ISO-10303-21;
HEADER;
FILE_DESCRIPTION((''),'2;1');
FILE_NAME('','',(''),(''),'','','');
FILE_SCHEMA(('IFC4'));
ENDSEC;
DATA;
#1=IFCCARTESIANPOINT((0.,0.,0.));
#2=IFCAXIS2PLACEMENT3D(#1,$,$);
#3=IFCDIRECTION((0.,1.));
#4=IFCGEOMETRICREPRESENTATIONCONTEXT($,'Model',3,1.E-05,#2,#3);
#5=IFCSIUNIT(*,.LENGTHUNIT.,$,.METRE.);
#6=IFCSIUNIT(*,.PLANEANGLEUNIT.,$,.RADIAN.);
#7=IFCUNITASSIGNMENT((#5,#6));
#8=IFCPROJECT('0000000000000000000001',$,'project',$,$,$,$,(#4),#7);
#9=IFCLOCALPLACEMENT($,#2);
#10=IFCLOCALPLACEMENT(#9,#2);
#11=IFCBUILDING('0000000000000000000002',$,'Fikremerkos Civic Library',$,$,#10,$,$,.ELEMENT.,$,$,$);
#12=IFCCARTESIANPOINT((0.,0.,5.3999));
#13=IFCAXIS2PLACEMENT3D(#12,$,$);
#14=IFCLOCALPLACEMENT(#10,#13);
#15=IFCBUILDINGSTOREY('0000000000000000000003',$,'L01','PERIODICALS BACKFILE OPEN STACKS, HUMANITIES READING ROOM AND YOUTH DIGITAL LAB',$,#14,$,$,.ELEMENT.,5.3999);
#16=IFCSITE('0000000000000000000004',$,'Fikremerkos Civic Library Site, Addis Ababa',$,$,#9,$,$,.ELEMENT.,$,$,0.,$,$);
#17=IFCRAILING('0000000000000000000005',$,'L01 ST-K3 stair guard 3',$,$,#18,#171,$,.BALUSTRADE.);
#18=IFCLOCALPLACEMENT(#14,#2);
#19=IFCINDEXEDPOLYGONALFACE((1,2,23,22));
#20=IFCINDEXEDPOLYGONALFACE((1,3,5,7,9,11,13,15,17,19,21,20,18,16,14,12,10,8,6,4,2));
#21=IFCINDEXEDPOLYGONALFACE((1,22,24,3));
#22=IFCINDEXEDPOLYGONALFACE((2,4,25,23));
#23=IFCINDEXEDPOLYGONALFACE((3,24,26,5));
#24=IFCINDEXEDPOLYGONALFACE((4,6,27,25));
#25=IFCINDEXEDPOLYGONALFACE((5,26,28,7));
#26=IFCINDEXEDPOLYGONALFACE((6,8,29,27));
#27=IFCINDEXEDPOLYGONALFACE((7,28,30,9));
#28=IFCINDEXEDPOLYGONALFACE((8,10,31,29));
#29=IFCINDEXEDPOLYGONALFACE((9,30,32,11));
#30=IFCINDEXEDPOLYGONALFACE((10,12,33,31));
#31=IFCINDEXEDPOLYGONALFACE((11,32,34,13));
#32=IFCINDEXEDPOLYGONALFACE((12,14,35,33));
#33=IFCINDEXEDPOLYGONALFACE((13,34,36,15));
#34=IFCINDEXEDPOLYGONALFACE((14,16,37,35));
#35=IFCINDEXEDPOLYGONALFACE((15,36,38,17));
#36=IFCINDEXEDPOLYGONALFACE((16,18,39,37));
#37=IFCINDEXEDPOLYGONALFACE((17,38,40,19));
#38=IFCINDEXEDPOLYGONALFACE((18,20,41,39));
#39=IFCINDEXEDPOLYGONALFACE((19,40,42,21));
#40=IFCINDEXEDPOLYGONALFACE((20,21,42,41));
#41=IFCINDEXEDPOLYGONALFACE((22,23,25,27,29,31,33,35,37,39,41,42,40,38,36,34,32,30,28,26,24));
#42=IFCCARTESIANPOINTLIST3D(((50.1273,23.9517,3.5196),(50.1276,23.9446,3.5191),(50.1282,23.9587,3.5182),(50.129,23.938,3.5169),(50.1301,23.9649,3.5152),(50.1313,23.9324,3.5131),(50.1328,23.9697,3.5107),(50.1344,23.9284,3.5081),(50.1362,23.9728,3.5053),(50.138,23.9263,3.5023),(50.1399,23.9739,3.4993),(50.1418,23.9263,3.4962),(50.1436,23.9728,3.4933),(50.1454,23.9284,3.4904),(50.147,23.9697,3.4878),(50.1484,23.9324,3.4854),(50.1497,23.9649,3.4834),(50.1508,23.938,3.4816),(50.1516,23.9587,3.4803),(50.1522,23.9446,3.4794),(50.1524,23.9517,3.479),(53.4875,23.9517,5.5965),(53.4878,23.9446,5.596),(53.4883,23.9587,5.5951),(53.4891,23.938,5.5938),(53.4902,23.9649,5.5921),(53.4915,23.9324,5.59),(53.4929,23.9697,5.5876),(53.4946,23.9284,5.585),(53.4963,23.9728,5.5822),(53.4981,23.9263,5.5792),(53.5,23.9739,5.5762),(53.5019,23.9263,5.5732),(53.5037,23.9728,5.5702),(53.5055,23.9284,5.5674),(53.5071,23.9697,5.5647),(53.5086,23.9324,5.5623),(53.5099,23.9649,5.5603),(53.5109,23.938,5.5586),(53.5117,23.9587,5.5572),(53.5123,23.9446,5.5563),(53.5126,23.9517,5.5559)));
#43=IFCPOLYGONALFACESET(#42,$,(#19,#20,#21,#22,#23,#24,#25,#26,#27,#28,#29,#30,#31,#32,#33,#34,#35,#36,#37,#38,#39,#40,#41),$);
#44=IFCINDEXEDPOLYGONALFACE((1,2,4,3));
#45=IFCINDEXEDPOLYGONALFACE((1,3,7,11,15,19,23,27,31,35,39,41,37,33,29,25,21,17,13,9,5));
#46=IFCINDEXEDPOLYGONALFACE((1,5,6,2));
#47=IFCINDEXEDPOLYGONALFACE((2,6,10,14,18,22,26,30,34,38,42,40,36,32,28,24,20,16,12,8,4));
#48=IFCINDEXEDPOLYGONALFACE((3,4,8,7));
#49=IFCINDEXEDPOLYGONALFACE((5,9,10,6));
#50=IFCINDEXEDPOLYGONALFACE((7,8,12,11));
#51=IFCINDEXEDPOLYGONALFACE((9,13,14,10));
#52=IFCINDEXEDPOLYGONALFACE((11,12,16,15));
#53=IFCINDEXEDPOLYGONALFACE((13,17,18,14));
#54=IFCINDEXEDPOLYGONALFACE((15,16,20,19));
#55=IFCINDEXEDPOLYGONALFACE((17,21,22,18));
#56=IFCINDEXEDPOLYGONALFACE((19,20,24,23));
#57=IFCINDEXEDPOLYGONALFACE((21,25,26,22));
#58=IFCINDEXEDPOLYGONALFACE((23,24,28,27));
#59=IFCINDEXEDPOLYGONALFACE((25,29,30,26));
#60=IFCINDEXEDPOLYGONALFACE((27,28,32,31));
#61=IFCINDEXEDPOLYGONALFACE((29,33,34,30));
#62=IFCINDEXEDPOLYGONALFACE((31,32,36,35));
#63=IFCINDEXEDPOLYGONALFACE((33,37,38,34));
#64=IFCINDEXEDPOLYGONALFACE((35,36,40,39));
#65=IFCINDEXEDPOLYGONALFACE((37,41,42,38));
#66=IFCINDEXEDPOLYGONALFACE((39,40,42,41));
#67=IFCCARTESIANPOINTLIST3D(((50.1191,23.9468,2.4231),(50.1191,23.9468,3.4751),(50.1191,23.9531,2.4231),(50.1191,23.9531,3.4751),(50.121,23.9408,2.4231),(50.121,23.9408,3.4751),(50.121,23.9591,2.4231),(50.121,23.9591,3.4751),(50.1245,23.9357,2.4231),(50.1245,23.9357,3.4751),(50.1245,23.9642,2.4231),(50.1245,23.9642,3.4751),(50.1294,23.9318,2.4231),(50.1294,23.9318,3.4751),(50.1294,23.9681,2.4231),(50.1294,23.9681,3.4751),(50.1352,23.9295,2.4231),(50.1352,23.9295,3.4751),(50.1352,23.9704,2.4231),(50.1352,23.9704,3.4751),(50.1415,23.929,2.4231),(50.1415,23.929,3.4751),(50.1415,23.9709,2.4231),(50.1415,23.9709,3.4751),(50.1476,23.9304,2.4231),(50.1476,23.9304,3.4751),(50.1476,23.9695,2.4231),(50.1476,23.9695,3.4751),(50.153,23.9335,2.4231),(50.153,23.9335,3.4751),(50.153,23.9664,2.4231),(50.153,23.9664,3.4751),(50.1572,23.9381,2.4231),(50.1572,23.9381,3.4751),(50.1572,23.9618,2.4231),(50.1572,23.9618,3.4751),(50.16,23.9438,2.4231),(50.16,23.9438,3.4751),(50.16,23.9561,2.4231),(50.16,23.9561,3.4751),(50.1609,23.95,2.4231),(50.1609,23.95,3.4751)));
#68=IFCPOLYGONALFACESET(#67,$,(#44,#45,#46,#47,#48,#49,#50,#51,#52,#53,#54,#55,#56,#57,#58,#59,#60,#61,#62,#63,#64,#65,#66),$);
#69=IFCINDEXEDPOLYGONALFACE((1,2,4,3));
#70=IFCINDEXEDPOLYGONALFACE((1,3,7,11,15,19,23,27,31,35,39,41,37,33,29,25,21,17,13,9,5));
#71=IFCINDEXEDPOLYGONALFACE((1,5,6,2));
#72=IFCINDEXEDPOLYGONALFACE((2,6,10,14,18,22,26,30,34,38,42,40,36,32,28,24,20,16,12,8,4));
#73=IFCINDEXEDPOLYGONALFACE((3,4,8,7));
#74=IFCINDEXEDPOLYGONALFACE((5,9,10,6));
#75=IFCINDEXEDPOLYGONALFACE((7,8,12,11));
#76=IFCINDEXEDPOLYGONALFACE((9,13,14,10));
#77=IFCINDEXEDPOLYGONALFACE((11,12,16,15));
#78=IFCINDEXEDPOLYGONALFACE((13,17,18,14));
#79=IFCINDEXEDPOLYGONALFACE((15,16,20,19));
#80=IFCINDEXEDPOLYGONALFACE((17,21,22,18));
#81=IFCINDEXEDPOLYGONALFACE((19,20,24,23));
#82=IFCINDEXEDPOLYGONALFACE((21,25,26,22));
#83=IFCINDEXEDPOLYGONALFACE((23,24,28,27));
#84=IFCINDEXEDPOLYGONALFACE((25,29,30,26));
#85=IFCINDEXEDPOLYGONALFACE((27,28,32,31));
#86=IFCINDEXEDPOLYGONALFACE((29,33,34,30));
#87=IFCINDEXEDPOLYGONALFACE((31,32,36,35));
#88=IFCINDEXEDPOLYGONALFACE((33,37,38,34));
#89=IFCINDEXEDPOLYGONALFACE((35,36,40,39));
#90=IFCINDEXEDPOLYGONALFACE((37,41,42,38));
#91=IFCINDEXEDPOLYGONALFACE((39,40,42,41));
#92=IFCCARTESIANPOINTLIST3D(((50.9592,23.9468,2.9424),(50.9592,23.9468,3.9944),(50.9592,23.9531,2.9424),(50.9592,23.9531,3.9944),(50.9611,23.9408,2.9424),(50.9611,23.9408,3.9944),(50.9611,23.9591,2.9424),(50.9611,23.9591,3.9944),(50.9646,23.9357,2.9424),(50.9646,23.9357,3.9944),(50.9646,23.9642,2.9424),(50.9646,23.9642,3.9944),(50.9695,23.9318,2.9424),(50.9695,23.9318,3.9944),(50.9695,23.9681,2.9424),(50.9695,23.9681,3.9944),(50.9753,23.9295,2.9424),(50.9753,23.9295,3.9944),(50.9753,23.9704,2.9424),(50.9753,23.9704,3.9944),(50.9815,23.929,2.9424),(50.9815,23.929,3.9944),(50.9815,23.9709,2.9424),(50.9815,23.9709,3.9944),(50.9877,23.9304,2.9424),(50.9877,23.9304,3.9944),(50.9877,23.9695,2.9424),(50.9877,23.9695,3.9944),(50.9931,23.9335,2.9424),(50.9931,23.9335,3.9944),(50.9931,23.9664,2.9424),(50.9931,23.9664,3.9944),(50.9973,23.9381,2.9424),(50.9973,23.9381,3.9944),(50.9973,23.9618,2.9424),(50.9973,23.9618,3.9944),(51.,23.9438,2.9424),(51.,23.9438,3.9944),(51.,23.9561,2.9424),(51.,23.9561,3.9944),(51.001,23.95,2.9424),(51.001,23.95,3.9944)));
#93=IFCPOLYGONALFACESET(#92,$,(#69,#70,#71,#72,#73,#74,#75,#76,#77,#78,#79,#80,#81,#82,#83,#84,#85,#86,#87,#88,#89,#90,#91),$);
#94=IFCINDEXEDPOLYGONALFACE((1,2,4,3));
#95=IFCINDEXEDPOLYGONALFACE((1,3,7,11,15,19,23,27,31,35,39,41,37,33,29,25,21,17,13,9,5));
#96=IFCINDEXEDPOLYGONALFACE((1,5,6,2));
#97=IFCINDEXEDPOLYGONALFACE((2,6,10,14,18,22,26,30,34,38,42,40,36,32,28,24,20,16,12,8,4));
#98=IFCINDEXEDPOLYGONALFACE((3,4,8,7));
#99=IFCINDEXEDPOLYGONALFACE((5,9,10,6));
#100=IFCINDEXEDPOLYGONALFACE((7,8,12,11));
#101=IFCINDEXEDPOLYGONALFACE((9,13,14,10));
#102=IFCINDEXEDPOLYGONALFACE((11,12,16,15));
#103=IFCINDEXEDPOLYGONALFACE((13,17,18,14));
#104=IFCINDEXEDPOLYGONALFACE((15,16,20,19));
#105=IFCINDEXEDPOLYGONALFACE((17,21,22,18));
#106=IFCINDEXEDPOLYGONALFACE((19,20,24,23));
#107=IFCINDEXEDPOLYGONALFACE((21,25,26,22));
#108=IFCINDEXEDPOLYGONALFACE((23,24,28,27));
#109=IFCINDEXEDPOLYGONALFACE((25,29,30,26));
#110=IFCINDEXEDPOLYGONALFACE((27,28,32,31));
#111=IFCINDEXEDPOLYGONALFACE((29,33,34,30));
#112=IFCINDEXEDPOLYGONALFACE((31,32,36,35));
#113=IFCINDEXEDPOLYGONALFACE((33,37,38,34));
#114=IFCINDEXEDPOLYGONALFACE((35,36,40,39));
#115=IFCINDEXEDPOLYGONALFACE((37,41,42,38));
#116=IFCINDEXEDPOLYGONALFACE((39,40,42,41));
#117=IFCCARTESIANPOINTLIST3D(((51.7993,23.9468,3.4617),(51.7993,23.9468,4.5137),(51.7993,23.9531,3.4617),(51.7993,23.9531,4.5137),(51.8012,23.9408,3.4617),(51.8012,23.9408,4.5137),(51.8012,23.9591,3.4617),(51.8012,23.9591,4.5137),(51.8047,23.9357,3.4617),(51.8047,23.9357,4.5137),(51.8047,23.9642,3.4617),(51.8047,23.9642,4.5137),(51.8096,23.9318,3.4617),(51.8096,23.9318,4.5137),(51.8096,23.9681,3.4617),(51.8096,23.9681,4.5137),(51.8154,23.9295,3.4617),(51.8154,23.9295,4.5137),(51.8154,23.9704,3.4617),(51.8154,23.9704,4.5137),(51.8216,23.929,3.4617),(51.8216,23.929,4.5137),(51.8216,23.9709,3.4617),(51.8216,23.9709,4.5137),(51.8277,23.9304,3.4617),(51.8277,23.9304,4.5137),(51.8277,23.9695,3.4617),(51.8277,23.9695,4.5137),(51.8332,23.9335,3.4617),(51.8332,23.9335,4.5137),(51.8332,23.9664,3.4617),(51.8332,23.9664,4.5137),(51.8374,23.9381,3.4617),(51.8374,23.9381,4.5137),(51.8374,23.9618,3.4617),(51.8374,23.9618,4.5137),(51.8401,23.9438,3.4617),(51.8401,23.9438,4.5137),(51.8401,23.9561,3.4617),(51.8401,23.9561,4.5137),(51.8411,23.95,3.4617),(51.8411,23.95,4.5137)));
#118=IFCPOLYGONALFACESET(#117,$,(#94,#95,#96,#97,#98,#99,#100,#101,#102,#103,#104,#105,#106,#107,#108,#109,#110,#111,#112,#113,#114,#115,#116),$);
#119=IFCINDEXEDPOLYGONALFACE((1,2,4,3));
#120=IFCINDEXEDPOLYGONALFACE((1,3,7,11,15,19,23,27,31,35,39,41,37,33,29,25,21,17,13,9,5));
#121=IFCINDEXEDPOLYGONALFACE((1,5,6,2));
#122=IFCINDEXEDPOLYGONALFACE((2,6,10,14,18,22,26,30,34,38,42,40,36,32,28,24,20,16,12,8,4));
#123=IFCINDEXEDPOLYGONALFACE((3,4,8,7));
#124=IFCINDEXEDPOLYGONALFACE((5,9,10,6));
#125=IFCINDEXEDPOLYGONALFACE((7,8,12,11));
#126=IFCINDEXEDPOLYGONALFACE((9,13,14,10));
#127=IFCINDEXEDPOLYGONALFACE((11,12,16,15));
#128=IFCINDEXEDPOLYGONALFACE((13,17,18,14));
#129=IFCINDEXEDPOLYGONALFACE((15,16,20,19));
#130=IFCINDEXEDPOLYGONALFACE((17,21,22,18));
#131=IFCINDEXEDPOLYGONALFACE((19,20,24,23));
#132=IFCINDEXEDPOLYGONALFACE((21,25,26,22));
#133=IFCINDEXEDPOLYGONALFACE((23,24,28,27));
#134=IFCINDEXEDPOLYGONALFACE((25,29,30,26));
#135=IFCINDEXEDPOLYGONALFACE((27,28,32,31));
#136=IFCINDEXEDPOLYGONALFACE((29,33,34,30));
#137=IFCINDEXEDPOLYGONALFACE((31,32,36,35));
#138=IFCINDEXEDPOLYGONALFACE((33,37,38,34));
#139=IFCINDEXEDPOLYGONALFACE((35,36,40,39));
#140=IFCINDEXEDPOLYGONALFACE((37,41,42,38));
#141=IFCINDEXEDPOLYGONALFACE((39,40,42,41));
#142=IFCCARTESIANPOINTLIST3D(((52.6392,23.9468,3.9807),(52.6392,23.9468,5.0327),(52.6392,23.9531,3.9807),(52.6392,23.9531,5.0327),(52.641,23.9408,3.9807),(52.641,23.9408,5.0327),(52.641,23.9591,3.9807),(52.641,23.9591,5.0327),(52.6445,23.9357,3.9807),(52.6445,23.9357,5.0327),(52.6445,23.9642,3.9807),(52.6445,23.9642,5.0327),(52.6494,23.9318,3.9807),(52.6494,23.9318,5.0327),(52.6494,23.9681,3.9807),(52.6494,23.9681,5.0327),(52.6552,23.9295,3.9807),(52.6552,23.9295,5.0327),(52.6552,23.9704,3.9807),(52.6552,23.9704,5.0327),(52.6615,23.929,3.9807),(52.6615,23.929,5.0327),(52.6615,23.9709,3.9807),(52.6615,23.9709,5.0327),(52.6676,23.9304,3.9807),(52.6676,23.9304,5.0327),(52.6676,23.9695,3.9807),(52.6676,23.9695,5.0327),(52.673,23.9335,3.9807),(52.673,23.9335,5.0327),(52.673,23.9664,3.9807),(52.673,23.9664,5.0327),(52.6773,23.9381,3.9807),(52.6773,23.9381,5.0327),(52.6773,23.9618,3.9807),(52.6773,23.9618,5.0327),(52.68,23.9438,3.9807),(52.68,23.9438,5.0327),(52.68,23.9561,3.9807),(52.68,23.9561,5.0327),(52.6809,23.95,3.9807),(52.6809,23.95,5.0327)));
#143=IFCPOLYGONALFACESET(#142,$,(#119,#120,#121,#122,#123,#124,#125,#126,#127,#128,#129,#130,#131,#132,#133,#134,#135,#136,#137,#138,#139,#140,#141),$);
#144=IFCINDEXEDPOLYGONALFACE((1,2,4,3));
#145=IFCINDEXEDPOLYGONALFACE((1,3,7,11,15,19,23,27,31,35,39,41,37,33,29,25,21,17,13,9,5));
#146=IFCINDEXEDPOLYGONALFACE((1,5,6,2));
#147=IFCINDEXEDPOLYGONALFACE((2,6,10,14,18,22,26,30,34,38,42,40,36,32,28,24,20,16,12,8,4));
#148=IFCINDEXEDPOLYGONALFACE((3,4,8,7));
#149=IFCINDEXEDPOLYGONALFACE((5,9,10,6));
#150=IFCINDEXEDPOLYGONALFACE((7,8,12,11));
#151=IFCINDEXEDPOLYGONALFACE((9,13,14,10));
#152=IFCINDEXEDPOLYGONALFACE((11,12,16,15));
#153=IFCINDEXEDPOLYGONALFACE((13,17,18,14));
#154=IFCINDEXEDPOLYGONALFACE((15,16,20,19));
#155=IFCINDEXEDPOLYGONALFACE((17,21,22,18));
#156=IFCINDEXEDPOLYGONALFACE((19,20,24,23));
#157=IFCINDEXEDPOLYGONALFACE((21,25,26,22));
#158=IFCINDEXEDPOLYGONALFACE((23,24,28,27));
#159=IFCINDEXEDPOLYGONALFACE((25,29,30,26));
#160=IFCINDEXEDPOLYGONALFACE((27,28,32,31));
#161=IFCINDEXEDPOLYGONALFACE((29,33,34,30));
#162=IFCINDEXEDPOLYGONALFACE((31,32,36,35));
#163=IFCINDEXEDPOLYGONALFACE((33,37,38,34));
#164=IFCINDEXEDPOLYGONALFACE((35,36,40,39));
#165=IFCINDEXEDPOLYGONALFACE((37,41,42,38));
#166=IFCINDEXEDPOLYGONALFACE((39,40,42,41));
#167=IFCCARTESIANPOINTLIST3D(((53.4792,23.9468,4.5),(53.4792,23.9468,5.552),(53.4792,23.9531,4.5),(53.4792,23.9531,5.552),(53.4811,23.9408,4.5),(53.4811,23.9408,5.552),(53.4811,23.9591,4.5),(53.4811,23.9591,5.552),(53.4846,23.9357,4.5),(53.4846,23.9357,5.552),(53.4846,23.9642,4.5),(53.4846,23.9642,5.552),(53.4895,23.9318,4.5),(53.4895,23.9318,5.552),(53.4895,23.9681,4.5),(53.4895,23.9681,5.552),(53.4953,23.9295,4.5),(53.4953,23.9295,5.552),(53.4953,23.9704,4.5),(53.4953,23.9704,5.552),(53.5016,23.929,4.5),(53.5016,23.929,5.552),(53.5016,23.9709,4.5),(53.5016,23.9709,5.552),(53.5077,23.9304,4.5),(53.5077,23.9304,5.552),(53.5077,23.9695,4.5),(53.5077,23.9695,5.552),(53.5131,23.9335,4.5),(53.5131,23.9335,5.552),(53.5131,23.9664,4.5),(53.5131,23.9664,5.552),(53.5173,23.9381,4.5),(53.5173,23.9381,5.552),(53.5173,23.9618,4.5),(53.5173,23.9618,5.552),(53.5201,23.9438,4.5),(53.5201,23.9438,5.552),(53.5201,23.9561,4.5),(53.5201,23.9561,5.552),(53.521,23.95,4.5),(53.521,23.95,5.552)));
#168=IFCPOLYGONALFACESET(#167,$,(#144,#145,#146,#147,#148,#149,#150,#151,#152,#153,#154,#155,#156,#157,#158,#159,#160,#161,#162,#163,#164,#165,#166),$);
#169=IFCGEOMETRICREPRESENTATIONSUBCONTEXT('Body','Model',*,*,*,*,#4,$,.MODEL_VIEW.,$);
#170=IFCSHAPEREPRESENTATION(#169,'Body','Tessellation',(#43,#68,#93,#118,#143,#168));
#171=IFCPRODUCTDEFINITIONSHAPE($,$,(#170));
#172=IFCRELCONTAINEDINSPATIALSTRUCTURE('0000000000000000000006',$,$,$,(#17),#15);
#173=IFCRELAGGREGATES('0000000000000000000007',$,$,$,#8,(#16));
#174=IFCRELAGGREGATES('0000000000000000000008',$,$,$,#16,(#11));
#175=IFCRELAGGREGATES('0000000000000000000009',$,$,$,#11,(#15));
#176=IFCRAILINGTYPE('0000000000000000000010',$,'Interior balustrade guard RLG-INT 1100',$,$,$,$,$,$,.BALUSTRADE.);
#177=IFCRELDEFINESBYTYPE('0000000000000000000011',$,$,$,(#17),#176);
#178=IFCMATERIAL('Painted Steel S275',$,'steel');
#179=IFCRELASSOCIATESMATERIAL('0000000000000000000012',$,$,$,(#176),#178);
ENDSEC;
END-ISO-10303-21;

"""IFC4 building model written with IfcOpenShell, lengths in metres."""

from ifc_helpers import new_model, si_unit, direction, frame, origin, origin_2d, place, context, subcontext, project, spatial, circle, extrude, material, type_object, element, save


model = new_model("IFC4")

# Units and contexts
model_context = context("Model", 3, precision=1e-05, world=origin(), true_north=direction((0.0, 1.0)))
body_context = subcontext(model_context, "Body", "Model", "MODEL_VIEW")
ifc_project = project(units=[si_unit("LENGTHUNIT", "METRE"), si_unit("PLANEANGLEUNIT", "RADIAN")], contexts=[model_context])

# Site, building, storey
site_placement = place(None, origin())
site = spatial("IfcSite", under=ifc_project, at=site_placement, Name="Fikremerkos Civic Library Site, Addis Ababa", CompositionType="ELEMENT", RefElevation=0.0)
building_placement = place(site_placement, origin())
building = spatial("IfcBuilding", under=site, at=building_placement, Name="Fikremerkos Civic Library", CompositionType="ELEMENT")
storey_placement = place(building_placement, frame((0.0, 0.0, 5.3999)))
storey = spatial("IfcBuildingStorey", under=building, at=storey_placement, Name="L01", Description="PERIODICALS BACKFILE OPEN STACKS, HUMANITIES READING ROOM AND YOUTH DIGITAL LAB", CompositionType="ELEMENT", Elevation=5.3999)

# Railing
ifc_material_1 = material(Name="Painted Steel S275", Category="steel")
railing_type_1 = type_object("IfcRailingType", Name="Interior balustrade guard RLG-INT 1100", PredefinedType="BALUSTRADE", material=ifc_material_1)
railing_1_placement = place(storey_placement, frame((50.1399, 23.95, 2.4231)))
element("IfcRailing", 1, at=railing_1_placement, inside=storey, type_object=railing_type_1, Name="L01 ST-K3 stair guard 3", PredefinedType="BALUSTRADE", context=body_context, shape_type="SweptSolid", body=[
    extrude(circle(Radius=0.0239, at=origin_2d()), frame((0.0, 0.0, 1.0762), z_axis=(0.850623, 0.0, 0.525776), x_axis=(0.0, 1.0, 0.0)), (0.0, 0.0, 1.0), 3.9502),
    extrude(circle(Radius=0.021, at=origin_2d()), origin(), (0.0, 0.0, 1.0), 1.052),
    extrude(circle(Radius=0.021, at=origin_2d()), frame((0.8401, 0.0, 0.5193)), (0.0, 0.0, 1.0), 1.052),
    extrude(circle(Radius=0.021, at=origin_2d()), frame((1.6802, 0.0, 1.0386)), (0.0, 0.0, 1.0), 1.052),
    extrude(circle(Radius=0.021, at=origin_2d()), frame((2.52, 0.0, 1.5576)), (0.0, 0.0, 1.0), 1.052),
    extrude(circle(Radius=0.021, at=origin_2d()), frame((3.3601, 0.0, 2.0769)), (0.0, 0.0, 1.0), 1.052),
])

save(model, "model.ifc")
